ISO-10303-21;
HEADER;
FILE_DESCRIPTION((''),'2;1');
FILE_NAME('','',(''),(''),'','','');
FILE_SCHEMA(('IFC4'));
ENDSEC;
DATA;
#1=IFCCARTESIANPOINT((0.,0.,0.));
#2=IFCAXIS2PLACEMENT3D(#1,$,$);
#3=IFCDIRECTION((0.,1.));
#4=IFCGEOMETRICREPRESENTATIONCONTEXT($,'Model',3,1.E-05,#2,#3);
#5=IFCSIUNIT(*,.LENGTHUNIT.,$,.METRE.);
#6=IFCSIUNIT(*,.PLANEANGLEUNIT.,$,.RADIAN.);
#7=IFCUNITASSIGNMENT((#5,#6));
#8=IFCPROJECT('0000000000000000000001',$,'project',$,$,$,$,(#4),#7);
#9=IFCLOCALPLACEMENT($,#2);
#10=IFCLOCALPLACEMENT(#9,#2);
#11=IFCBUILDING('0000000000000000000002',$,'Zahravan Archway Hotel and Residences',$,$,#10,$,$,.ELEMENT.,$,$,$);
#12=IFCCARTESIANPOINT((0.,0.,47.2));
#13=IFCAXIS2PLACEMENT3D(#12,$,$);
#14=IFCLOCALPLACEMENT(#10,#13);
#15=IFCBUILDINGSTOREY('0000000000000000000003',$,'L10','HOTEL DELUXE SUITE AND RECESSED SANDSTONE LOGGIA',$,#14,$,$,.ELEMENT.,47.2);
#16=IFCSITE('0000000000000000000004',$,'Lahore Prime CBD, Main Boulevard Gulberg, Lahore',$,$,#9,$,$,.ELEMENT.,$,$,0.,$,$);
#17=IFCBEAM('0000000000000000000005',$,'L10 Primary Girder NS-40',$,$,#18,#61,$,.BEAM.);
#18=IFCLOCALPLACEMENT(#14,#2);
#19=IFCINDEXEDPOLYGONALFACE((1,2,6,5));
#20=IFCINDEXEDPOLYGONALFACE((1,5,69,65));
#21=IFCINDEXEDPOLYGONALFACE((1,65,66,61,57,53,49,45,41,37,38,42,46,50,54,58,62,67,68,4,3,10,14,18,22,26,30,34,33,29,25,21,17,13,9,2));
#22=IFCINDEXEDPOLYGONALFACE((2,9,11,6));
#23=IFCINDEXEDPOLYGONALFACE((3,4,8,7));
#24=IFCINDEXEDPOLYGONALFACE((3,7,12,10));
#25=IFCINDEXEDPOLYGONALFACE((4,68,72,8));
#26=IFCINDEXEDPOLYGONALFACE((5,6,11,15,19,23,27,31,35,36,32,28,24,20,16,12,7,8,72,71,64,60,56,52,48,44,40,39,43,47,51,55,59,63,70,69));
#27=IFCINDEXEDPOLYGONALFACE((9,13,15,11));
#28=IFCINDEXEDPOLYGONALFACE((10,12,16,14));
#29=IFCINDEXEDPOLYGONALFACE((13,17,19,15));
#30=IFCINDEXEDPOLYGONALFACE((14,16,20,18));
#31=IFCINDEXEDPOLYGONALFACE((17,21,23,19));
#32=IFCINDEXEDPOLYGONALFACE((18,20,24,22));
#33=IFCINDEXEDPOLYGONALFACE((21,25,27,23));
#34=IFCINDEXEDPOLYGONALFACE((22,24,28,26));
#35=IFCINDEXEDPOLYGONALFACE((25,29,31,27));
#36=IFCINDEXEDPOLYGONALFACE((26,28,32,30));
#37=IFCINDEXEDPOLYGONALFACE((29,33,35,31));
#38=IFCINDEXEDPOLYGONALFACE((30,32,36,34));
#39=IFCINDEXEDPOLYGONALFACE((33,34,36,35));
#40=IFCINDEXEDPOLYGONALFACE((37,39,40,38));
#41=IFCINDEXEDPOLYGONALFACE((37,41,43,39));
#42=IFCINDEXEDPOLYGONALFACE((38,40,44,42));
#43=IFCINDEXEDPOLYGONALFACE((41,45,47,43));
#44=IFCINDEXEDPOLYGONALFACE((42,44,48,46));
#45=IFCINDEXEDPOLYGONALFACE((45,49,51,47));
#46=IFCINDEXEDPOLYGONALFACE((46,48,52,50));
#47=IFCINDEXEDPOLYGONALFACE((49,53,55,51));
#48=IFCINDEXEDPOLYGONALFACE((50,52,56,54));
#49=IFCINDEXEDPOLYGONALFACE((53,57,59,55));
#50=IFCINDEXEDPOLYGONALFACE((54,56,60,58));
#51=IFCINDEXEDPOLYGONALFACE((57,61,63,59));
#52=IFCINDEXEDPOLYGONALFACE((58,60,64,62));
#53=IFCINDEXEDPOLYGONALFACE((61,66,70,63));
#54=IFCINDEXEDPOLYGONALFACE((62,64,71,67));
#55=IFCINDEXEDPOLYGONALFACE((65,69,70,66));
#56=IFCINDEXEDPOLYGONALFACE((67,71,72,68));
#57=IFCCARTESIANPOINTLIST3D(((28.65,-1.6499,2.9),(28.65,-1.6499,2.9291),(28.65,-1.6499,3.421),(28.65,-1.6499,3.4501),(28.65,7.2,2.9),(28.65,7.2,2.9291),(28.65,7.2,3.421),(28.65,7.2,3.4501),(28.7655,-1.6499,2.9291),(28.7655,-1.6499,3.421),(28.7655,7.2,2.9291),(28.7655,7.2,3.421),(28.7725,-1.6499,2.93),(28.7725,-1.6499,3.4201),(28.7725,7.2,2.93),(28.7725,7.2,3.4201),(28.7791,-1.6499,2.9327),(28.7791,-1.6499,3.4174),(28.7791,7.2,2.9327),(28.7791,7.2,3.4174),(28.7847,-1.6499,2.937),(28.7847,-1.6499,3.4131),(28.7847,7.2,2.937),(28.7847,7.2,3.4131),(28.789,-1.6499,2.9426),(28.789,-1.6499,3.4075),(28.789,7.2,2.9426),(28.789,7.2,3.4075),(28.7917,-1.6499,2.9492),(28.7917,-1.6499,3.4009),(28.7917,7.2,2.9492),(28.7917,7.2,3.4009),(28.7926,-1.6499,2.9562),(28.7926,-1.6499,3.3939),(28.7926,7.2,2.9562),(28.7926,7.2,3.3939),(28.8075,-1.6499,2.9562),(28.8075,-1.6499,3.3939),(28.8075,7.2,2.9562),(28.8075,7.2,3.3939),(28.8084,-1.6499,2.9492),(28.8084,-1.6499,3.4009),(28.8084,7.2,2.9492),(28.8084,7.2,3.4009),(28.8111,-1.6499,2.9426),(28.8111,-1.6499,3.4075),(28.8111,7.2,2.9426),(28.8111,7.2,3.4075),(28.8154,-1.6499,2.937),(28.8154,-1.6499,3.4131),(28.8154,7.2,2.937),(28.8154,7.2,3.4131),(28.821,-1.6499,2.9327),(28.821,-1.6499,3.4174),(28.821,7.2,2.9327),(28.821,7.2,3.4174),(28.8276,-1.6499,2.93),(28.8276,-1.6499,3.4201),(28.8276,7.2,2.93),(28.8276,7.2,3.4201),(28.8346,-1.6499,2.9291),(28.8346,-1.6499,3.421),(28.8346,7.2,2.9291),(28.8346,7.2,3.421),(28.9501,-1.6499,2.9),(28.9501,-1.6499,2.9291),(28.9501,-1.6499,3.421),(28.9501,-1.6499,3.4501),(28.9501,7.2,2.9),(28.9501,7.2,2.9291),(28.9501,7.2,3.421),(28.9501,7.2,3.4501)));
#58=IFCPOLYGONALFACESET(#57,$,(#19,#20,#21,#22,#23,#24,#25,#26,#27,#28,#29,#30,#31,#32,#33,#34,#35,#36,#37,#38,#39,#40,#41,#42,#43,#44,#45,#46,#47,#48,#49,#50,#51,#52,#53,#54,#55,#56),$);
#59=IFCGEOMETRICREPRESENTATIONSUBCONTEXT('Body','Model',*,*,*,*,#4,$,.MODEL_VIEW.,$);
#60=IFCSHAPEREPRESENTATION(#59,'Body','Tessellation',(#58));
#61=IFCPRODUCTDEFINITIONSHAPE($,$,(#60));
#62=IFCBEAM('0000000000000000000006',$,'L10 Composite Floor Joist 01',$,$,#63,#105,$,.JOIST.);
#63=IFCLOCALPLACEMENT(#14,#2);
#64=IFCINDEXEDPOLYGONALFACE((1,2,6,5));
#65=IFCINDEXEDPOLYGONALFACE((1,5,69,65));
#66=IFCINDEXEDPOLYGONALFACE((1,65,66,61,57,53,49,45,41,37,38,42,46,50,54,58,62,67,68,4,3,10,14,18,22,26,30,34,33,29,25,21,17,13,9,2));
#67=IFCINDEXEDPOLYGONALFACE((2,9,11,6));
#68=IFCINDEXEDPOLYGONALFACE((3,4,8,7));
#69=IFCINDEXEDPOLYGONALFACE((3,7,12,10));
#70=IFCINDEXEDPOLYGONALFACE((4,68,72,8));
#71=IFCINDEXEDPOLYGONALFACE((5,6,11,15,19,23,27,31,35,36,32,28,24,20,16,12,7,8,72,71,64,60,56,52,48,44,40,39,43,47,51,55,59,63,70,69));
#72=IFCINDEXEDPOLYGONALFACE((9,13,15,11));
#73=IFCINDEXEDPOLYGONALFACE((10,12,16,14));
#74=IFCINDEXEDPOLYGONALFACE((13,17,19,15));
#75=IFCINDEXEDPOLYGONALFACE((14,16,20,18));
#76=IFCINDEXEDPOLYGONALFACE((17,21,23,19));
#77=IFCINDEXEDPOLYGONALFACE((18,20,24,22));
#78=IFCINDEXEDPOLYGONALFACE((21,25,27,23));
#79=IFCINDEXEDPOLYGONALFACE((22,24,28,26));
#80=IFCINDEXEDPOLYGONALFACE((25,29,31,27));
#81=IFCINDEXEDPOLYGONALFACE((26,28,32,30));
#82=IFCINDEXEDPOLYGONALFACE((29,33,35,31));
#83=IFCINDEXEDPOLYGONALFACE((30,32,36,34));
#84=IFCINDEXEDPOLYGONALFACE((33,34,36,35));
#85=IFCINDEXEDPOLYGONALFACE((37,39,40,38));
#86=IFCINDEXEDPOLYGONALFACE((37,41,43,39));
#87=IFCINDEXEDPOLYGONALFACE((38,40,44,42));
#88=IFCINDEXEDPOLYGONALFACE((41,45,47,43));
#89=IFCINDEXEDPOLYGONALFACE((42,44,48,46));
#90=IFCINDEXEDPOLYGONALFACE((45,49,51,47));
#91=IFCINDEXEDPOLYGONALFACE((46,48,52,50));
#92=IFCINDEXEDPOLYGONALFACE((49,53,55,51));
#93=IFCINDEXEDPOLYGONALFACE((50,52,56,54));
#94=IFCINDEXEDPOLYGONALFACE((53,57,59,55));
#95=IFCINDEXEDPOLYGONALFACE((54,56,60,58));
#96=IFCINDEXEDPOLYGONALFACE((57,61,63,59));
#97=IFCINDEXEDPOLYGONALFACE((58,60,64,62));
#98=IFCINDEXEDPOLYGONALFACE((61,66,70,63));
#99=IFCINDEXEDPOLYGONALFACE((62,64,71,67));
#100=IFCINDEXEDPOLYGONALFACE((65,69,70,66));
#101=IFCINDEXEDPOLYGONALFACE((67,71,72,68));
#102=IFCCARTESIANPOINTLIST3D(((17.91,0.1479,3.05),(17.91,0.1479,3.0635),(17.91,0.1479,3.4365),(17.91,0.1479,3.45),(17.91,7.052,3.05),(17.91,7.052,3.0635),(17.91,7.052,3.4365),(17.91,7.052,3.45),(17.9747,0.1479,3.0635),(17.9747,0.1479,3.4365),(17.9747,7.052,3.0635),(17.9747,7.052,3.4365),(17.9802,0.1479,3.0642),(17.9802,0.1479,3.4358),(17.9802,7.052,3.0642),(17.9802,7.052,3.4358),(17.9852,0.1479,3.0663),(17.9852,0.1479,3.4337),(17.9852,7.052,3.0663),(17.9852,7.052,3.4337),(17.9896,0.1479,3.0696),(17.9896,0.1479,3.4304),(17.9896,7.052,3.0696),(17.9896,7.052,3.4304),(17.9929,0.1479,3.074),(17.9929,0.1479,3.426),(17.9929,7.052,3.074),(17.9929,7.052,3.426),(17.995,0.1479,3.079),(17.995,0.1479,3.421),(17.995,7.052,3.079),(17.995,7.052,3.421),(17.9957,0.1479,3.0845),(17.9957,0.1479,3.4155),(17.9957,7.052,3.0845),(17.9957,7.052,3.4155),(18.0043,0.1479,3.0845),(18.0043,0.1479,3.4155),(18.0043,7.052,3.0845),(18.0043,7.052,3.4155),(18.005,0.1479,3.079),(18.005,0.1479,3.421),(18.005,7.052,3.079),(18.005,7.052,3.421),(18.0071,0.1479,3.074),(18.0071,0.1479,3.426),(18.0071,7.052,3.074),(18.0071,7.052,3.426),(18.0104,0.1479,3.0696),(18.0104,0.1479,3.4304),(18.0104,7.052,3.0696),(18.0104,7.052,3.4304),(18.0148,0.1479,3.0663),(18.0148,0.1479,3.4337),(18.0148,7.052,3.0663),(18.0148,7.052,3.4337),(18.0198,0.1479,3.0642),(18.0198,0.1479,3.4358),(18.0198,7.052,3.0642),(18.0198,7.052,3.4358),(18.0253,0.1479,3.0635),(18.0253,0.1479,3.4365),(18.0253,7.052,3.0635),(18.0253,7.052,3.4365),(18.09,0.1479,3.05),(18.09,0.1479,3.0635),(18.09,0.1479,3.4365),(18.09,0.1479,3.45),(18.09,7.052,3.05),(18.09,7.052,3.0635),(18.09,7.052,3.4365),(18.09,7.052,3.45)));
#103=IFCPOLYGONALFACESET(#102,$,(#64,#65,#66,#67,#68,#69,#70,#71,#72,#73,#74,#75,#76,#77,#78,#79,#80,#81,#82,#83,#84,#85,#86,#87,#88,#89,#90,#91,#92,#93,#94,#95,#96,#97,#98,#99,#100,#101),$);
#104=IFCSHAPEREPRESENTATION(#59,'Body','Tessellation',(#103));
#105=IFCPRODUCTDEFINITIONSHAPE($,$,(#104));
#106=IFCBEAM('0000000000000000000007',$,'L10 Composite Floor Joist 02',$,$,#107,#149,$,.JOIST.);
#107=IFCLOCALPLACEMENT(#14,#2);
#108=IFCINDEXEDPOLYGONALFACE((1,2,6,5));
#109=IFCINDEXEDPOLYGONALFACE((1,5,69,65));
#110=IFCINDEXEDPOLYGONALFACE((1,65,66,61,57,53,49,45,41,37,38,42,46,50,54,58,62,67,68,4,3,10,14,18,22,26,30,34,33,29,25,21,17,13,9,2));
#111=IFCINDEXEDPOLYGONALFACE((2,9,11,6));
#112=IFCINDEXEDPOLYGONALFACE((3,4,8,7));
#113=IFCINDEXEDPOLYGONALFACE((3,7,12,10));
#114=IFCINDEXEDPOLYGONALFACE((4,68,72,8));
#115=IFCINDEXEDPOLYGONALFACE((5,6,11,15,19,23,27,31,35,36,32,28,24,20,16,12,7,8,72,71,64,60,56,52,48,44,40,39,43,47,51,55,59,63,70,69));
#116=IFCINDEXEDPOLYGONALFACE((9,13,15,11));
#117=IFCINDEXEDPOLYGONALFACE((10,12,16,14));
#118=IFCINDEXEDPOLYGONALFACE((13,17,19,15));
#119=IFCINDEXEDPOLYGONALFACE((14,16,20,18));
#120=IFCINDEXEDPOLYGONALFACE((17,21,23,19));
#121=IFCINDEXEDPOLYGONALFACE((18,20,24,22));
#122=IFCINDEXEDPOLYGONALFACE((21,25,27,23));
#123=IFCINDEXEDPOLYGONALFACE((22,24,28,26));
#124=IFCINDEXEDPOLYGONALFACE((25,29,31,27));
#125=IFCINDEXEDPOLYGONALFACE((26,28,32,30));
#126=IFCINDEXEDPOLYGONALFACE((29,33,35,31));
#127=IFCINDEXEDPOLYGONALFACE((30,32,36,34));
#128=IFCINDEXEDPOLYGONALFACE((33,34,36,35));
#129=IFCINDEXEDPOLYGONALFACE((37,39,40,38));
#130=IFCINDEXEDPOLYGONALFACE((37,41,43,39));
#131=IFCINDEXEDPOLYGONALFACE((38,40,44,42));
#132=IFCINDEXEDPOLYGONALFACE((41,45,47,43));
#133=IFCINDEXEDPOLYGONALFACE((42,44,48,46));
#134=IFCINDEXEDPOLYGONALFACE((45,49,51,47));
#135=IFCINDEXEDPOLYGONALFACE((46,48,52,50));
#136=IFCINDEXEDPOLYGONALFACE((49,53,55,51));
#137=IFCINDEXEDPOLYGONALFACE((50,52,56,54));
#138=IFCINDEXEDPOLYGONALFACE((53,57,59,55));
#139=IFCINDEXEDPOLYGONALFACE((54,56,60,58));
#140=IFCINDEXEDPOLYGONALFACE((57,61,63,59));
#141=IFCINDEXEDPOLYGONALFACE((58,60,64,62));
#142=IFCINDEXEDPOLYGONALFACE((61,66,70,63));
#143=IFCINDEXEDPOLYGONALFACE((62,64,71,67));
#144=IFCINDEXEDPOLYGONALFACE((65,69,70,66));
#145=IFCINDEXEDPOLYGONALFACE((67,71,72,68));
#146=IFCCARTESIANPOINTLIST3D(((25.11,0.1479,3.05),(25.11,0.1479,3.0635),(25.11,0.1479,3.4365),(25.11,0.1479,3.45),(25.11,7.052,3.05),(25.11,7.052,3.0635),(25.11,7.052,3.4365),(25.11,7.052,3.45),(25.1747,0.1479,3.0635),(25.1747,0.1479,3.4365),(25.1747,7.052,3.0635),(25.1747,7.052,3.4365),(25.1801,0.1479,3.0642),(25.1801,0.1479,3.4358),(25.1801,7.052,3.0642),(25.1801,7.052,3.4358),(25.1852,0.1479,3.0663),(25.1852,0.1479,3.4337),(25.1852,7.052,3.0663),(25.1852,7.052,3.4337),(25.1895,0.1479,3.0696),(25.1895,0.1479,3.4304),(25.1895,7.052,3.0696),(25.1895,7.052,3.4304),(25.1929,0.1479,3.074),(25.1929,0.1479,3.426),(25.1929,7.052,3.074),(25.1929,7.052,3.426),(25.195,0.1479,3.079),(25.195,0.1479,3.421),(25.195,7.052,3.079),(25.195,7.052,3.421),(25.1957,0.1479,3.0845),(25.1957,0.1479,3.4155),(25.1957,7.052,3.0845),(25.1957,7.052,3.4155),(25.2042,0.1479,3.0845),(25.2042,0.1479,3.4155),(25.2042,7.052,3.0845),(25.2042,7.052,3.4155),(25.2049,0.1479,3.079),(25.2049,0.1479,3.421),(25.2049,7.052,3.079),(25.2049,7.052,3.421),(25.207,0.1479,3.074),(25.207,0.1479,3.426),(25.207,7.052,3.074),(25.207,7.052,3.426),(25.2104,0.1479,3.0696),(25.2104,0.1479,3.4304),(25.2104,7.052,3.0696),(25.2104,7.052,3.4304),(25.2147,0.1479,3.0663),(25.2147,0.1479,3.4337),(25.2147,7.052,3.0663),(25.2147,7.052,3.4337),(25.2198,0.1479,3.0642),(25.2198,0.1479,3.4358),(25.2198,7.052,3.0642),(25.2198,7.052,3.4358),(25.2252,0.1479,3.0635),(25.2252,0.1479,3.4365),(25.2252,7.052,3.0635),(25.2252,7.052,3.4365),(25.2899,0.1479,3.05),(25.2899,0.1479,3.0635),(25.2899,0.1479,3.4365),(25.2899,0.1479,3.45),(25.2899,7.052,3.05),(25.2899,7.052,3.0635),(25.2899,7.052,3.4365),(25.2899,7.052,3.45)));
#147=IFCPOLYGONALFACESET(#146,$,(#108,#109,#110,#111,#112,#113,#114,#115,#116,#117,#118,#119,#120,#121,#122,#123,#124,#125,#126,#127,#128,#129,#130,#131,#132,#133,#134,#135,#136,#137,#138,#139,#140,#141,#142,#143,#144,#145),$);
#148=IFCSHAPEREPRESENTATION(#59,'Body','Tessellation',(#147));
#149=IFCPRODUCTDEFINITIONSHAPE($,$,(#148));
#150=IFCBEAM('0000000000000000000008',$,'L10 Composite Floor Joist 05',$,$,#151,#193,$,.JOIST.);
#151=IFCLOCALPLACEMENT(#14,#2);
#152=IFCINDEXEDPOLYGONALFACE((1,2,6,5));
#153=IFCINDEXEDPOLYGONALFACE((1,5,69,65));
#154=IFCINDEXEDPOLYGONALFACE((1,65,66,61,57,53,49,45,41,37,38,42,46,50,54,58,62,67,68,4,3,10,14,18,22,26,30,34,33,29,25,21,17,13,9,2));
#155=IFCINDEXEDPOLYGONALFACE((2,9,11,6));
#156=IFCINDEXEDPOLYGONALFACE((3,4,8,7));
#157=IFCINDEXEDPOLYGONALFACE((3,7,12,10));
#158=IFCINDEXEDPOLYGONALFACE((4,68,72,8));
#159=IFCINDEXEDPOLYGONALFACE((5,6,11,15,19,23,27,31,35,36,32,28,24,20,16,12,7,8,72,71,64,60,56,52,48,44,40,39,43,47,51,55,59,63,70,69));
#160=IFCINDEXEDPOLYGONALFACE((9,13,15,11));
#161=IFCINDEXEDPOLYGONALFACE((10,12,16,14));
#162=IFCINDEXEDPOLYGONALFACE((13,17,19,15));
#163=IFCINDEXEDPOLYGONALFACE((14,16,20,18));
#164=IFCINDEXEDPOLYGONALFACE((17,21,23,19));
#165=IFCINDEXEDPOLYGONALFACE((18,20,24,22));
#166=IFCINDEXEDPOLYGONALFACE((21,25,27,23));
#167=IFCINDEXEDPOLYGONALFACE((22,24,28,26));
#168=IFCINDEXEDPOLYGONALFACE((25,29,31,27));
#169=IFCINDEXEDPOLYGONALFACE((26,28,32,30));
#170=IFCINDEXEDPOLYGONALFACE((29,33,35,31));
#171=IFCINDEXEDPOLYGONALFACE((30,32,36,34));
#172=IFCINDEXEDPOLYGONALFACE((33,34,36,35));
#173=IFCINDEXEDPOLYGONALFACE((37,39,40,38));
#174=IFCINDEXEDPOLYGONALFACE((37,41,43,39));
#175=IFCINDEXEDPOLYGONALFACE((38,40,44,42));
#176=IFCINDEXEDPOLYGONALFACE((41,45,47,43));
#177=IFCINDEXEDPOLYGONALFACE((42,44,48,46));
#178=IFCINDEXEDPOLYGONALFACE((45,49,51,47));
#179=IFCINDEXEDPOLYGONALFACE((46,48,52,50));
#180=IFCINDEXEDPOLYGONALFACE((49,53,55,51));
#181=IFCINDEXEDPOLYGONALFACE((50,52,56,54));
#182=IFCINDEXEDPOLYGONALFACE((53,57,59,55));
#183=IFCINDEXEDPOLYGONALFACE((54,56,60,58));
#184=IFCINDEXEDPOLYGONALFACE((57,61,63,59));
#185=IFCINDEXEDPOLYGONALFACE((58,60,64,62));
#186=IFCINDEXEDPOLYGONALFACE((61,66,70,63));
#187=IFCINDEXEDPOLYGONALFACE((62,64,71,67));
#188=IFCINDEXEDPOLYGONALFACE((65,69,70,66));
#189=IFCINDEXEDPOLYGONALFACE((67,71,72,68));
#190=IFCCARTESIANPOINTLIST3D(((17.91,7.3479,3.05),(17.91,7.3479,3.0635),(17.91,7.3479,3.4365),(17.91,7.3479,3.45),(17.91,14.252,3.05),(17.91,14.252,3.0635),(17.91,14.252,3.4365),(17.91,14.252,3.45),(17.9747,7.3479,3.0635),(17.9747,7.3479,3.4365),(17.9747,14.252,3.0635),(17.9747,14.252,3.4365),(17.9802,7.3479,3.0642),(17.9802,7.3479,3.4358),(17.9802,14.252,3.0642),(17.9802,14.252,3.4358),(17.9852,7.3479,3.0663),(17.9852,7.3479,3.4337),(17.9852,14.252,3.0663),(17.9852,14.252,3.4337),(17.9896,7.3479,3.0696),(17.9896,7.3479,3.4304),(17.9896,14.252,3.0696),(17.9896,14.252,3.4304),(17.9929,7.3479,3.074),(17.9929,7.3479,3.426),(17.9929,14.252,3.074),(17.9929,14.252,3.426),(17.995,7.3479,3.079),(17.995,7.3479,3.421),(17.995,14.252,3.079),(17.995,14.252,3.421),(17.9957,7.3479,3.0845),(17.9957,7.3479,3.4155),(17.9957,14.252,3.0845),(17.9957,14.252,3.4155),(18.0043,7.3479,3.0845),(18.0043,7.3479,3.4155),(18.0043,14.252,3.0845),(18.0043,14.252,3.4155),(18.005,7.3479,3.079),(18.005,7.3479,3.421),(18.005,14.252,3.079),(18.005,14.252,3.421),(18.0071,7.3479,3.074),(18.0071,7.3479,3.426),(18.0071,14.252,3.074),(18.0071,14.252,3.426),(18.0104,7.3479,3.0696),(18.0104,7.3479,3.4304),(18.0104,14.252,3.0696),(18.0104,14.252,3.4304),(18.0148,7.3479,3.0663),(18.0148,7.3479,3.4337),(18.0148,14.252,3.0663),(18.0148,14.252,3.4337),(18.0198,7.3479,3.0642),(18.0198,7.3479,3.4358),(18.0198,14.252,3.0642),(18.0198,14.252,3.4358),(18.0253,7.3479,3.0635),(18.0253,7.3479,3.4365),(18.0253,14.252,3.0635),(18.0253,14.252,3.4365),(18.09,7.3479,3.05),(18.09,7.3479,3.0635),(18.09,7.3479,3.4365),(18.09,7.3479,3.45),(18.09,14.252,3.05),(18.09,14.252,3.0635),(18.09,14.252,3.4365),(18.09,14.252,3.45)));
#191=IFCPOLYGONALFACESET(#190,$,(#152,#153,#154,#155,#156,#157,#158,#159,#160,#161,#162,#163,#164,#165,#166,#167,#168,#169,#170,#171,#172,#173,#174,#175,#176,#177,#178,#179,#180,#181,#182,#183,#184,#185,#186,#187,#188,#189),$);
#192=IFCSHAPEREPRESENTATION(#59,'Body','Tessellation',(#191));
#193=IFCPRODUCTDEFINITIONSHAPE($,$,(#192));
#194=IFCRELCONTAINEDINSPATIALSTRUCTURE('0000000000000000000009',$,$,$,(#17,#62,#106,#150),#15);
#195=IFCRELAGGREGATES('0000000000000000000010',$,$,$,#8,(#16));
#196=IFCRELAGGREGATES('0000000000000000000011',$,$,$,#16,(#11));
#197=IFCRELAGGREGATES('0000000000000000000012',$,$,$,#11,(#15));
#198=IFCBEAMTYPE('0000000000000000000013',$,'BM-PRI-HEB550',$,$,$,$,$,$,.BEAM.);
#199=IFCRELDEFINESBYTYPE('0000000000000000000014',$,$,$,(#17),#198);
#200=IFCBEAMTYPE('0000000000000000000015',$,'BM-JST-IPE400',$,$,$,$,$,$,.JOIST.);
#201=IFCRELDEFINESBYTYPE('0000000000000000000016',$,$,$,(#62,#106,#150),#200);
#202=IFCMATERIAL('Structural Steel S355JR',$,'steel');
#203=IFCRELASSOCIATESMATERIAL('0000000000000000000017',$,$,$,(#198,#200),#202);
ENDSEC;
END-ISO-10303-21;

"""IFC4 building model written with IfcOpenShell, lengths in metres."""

from ifc_helpers import new_model, si_unit, direction, frame, origin, origin_2d, place, context, subcontext, project, spatial, i_section, extrude, source, transform, mapped, material, material_profile, profile_set, type_object, type_shapes, element, save


model = new_model("IFC4")

# Units and contexts
model_context = context("Model", 3, precision=1e-05, world=origin(), true_north=direction((0.0, 1.0)))
body_context = subcontext(model_context, "Body", "Model", "MODEL_VIEW")
ifc_project = project(units=[si_unit("LENGTHUNIT", "METRE"), si_unit("PLANEANGLEUNIT", "RADIAN")], contexts=[model_context])

# Site, building, storey
site_placement = place(None, origin())
site = spatial("IfcSite", under=ifc_project, at=site_placement, Name="Lahore Prime CBD, Main Boulevard Gulberg, Lahore", CompositionType="ELEMENT", RefElevation=0.0)
building_placement = place(site_placement, origin())
building = spatial("IfcBuilding", under=site, at=building_placement, Name="Zahravan Archway Hotel and Residences", CompositionType="ELEMENT")
storey_placement = place(building_placement, frame((0.0, 0.0, 47.2)))
storey = spatial("IfcBuildingStorey", under=building, at=storey_placement, Name="L10", Description="HOTEL DELUXE SUITE AND RECESSED SANDSTONE LOGGIA", CompositionType="ELEMENT", Elevation=47.2)

# Beams
ifc_material_1 = material(Name="Structural Steel S355JR", Category="steel")
ifc_material_profile_1 = material_profile(ifc_material_1, i_section(OverallWidth=0.3, OverallDepth=0.55, WebThickness=0.0149, FlangeThickness=0.0291, FilletRadius=0.0271, at=origin_2d()), Name="HEB 550", Category="steel")
ifc_profile_set_1 = profile_set([ifc_material_profile_1], Name="Structural Steel S355JR")
beam_type_1 = type_object("IfcBeamType", Name="BM-PRI-HEB550", PredefinedType="BEAM", material=ifc_profile_set_1)
shared_shape_1 = source(origin(), body_context, "Body", "SweptSolid", [
    extrude(i_section(OverallWidth=0.3, OverallDepth=0.55, WebThickness=0.0149, FlangeThickness=0.0291, FilletRadius=0.0271, at=origin_2d()), origin(), (0.0, 0.0, 1.0), 8.8499),
])
for number, where, z_axis, x_axis, name in (
    (1, (28.8, -1.6499, 3.175), (0.0, 1.0, 0.0), (-1.0, 0.0, 0.0), "L10 Primary Girder NS-40"),
):
    element("IfcBeam", number, at=place(storey_placement, frame(where, z_axis=z_axis, x_axis=x_axis)), inside=storey, type_object=beam_type_1, Name=name, PredefinedType="BEAM", context=body_context, shape_type="MappedRepresentation", body=[
        mapped(shared_shape_1, transform((0.0, 0.0, 0.0), scale=1.0)),
    ])
ifc_material_profile_2 = material_profile(ifc_material_1, i_section(OverallWidth=0.1799, OverallDepth=0.3999, WebThickness=0.0085, FlangeThickness=0.0134, FilletRadius=0.021, at=origin_2d()), Name="IPE 400", Category="steel")
ifc_profile_set_2 = profile_set([ifc_material_profile_2], Name="Structural Steel S355JR")
beam_type_2 = type_object("IfcBeamType", Name="BM-JST-IPE400", PredefinedType="JOIST", material=ifc_profile_set_2)
shared_shape_2 = source(origin(), body_context, "Body", "SweptSolid", [
    extrude(i_section(OverallWidth=0.1799, OverallDepth=0.3999, WebThickness=0.0085, FlangeThickness=0.0134, FilletRadius=0.021, at=origin_2d()), origin(), (0.0, 0.0, 1.0), 6.9041),
])
type_shapes(beam_type_2, [shared_shape_2])
for number, where, z_axis, x_axis, name in (
    (2, (18.0, 0.1479, 3.25), (0.0, 1.0, 0.0), (-1.0, 0.0, 0.0), "L10 Composite Floor Joist 01"),
    (3, (25.2, 0.1479, 3.25), (0.0, 1.0, 0.0), (-1.0, 0.0, 0.0), "L10 Composite Floor Joist 02"),
    (4, (18.0, 7.3479, 3.25), (0.0, 1.0, 0.0), (-1.0, 0.0, 0.0), "L10 Composite Floor Joist 05"),
):
    element("IfcBeam", number, at=place(storey_placement, frame(where, z_axis=z_axis, x_axis=x_axis)), inside=storey, type_object=beam_type_2, Name=name, PredefinedType="JOIST", context=body_context, shape_type="MappedRepresentation", body=[
        mapped(shared_shape_2, transform((0.0, 0.0, 0.0), scale=1.0)),
    ])

save(model, "model.ifc")
